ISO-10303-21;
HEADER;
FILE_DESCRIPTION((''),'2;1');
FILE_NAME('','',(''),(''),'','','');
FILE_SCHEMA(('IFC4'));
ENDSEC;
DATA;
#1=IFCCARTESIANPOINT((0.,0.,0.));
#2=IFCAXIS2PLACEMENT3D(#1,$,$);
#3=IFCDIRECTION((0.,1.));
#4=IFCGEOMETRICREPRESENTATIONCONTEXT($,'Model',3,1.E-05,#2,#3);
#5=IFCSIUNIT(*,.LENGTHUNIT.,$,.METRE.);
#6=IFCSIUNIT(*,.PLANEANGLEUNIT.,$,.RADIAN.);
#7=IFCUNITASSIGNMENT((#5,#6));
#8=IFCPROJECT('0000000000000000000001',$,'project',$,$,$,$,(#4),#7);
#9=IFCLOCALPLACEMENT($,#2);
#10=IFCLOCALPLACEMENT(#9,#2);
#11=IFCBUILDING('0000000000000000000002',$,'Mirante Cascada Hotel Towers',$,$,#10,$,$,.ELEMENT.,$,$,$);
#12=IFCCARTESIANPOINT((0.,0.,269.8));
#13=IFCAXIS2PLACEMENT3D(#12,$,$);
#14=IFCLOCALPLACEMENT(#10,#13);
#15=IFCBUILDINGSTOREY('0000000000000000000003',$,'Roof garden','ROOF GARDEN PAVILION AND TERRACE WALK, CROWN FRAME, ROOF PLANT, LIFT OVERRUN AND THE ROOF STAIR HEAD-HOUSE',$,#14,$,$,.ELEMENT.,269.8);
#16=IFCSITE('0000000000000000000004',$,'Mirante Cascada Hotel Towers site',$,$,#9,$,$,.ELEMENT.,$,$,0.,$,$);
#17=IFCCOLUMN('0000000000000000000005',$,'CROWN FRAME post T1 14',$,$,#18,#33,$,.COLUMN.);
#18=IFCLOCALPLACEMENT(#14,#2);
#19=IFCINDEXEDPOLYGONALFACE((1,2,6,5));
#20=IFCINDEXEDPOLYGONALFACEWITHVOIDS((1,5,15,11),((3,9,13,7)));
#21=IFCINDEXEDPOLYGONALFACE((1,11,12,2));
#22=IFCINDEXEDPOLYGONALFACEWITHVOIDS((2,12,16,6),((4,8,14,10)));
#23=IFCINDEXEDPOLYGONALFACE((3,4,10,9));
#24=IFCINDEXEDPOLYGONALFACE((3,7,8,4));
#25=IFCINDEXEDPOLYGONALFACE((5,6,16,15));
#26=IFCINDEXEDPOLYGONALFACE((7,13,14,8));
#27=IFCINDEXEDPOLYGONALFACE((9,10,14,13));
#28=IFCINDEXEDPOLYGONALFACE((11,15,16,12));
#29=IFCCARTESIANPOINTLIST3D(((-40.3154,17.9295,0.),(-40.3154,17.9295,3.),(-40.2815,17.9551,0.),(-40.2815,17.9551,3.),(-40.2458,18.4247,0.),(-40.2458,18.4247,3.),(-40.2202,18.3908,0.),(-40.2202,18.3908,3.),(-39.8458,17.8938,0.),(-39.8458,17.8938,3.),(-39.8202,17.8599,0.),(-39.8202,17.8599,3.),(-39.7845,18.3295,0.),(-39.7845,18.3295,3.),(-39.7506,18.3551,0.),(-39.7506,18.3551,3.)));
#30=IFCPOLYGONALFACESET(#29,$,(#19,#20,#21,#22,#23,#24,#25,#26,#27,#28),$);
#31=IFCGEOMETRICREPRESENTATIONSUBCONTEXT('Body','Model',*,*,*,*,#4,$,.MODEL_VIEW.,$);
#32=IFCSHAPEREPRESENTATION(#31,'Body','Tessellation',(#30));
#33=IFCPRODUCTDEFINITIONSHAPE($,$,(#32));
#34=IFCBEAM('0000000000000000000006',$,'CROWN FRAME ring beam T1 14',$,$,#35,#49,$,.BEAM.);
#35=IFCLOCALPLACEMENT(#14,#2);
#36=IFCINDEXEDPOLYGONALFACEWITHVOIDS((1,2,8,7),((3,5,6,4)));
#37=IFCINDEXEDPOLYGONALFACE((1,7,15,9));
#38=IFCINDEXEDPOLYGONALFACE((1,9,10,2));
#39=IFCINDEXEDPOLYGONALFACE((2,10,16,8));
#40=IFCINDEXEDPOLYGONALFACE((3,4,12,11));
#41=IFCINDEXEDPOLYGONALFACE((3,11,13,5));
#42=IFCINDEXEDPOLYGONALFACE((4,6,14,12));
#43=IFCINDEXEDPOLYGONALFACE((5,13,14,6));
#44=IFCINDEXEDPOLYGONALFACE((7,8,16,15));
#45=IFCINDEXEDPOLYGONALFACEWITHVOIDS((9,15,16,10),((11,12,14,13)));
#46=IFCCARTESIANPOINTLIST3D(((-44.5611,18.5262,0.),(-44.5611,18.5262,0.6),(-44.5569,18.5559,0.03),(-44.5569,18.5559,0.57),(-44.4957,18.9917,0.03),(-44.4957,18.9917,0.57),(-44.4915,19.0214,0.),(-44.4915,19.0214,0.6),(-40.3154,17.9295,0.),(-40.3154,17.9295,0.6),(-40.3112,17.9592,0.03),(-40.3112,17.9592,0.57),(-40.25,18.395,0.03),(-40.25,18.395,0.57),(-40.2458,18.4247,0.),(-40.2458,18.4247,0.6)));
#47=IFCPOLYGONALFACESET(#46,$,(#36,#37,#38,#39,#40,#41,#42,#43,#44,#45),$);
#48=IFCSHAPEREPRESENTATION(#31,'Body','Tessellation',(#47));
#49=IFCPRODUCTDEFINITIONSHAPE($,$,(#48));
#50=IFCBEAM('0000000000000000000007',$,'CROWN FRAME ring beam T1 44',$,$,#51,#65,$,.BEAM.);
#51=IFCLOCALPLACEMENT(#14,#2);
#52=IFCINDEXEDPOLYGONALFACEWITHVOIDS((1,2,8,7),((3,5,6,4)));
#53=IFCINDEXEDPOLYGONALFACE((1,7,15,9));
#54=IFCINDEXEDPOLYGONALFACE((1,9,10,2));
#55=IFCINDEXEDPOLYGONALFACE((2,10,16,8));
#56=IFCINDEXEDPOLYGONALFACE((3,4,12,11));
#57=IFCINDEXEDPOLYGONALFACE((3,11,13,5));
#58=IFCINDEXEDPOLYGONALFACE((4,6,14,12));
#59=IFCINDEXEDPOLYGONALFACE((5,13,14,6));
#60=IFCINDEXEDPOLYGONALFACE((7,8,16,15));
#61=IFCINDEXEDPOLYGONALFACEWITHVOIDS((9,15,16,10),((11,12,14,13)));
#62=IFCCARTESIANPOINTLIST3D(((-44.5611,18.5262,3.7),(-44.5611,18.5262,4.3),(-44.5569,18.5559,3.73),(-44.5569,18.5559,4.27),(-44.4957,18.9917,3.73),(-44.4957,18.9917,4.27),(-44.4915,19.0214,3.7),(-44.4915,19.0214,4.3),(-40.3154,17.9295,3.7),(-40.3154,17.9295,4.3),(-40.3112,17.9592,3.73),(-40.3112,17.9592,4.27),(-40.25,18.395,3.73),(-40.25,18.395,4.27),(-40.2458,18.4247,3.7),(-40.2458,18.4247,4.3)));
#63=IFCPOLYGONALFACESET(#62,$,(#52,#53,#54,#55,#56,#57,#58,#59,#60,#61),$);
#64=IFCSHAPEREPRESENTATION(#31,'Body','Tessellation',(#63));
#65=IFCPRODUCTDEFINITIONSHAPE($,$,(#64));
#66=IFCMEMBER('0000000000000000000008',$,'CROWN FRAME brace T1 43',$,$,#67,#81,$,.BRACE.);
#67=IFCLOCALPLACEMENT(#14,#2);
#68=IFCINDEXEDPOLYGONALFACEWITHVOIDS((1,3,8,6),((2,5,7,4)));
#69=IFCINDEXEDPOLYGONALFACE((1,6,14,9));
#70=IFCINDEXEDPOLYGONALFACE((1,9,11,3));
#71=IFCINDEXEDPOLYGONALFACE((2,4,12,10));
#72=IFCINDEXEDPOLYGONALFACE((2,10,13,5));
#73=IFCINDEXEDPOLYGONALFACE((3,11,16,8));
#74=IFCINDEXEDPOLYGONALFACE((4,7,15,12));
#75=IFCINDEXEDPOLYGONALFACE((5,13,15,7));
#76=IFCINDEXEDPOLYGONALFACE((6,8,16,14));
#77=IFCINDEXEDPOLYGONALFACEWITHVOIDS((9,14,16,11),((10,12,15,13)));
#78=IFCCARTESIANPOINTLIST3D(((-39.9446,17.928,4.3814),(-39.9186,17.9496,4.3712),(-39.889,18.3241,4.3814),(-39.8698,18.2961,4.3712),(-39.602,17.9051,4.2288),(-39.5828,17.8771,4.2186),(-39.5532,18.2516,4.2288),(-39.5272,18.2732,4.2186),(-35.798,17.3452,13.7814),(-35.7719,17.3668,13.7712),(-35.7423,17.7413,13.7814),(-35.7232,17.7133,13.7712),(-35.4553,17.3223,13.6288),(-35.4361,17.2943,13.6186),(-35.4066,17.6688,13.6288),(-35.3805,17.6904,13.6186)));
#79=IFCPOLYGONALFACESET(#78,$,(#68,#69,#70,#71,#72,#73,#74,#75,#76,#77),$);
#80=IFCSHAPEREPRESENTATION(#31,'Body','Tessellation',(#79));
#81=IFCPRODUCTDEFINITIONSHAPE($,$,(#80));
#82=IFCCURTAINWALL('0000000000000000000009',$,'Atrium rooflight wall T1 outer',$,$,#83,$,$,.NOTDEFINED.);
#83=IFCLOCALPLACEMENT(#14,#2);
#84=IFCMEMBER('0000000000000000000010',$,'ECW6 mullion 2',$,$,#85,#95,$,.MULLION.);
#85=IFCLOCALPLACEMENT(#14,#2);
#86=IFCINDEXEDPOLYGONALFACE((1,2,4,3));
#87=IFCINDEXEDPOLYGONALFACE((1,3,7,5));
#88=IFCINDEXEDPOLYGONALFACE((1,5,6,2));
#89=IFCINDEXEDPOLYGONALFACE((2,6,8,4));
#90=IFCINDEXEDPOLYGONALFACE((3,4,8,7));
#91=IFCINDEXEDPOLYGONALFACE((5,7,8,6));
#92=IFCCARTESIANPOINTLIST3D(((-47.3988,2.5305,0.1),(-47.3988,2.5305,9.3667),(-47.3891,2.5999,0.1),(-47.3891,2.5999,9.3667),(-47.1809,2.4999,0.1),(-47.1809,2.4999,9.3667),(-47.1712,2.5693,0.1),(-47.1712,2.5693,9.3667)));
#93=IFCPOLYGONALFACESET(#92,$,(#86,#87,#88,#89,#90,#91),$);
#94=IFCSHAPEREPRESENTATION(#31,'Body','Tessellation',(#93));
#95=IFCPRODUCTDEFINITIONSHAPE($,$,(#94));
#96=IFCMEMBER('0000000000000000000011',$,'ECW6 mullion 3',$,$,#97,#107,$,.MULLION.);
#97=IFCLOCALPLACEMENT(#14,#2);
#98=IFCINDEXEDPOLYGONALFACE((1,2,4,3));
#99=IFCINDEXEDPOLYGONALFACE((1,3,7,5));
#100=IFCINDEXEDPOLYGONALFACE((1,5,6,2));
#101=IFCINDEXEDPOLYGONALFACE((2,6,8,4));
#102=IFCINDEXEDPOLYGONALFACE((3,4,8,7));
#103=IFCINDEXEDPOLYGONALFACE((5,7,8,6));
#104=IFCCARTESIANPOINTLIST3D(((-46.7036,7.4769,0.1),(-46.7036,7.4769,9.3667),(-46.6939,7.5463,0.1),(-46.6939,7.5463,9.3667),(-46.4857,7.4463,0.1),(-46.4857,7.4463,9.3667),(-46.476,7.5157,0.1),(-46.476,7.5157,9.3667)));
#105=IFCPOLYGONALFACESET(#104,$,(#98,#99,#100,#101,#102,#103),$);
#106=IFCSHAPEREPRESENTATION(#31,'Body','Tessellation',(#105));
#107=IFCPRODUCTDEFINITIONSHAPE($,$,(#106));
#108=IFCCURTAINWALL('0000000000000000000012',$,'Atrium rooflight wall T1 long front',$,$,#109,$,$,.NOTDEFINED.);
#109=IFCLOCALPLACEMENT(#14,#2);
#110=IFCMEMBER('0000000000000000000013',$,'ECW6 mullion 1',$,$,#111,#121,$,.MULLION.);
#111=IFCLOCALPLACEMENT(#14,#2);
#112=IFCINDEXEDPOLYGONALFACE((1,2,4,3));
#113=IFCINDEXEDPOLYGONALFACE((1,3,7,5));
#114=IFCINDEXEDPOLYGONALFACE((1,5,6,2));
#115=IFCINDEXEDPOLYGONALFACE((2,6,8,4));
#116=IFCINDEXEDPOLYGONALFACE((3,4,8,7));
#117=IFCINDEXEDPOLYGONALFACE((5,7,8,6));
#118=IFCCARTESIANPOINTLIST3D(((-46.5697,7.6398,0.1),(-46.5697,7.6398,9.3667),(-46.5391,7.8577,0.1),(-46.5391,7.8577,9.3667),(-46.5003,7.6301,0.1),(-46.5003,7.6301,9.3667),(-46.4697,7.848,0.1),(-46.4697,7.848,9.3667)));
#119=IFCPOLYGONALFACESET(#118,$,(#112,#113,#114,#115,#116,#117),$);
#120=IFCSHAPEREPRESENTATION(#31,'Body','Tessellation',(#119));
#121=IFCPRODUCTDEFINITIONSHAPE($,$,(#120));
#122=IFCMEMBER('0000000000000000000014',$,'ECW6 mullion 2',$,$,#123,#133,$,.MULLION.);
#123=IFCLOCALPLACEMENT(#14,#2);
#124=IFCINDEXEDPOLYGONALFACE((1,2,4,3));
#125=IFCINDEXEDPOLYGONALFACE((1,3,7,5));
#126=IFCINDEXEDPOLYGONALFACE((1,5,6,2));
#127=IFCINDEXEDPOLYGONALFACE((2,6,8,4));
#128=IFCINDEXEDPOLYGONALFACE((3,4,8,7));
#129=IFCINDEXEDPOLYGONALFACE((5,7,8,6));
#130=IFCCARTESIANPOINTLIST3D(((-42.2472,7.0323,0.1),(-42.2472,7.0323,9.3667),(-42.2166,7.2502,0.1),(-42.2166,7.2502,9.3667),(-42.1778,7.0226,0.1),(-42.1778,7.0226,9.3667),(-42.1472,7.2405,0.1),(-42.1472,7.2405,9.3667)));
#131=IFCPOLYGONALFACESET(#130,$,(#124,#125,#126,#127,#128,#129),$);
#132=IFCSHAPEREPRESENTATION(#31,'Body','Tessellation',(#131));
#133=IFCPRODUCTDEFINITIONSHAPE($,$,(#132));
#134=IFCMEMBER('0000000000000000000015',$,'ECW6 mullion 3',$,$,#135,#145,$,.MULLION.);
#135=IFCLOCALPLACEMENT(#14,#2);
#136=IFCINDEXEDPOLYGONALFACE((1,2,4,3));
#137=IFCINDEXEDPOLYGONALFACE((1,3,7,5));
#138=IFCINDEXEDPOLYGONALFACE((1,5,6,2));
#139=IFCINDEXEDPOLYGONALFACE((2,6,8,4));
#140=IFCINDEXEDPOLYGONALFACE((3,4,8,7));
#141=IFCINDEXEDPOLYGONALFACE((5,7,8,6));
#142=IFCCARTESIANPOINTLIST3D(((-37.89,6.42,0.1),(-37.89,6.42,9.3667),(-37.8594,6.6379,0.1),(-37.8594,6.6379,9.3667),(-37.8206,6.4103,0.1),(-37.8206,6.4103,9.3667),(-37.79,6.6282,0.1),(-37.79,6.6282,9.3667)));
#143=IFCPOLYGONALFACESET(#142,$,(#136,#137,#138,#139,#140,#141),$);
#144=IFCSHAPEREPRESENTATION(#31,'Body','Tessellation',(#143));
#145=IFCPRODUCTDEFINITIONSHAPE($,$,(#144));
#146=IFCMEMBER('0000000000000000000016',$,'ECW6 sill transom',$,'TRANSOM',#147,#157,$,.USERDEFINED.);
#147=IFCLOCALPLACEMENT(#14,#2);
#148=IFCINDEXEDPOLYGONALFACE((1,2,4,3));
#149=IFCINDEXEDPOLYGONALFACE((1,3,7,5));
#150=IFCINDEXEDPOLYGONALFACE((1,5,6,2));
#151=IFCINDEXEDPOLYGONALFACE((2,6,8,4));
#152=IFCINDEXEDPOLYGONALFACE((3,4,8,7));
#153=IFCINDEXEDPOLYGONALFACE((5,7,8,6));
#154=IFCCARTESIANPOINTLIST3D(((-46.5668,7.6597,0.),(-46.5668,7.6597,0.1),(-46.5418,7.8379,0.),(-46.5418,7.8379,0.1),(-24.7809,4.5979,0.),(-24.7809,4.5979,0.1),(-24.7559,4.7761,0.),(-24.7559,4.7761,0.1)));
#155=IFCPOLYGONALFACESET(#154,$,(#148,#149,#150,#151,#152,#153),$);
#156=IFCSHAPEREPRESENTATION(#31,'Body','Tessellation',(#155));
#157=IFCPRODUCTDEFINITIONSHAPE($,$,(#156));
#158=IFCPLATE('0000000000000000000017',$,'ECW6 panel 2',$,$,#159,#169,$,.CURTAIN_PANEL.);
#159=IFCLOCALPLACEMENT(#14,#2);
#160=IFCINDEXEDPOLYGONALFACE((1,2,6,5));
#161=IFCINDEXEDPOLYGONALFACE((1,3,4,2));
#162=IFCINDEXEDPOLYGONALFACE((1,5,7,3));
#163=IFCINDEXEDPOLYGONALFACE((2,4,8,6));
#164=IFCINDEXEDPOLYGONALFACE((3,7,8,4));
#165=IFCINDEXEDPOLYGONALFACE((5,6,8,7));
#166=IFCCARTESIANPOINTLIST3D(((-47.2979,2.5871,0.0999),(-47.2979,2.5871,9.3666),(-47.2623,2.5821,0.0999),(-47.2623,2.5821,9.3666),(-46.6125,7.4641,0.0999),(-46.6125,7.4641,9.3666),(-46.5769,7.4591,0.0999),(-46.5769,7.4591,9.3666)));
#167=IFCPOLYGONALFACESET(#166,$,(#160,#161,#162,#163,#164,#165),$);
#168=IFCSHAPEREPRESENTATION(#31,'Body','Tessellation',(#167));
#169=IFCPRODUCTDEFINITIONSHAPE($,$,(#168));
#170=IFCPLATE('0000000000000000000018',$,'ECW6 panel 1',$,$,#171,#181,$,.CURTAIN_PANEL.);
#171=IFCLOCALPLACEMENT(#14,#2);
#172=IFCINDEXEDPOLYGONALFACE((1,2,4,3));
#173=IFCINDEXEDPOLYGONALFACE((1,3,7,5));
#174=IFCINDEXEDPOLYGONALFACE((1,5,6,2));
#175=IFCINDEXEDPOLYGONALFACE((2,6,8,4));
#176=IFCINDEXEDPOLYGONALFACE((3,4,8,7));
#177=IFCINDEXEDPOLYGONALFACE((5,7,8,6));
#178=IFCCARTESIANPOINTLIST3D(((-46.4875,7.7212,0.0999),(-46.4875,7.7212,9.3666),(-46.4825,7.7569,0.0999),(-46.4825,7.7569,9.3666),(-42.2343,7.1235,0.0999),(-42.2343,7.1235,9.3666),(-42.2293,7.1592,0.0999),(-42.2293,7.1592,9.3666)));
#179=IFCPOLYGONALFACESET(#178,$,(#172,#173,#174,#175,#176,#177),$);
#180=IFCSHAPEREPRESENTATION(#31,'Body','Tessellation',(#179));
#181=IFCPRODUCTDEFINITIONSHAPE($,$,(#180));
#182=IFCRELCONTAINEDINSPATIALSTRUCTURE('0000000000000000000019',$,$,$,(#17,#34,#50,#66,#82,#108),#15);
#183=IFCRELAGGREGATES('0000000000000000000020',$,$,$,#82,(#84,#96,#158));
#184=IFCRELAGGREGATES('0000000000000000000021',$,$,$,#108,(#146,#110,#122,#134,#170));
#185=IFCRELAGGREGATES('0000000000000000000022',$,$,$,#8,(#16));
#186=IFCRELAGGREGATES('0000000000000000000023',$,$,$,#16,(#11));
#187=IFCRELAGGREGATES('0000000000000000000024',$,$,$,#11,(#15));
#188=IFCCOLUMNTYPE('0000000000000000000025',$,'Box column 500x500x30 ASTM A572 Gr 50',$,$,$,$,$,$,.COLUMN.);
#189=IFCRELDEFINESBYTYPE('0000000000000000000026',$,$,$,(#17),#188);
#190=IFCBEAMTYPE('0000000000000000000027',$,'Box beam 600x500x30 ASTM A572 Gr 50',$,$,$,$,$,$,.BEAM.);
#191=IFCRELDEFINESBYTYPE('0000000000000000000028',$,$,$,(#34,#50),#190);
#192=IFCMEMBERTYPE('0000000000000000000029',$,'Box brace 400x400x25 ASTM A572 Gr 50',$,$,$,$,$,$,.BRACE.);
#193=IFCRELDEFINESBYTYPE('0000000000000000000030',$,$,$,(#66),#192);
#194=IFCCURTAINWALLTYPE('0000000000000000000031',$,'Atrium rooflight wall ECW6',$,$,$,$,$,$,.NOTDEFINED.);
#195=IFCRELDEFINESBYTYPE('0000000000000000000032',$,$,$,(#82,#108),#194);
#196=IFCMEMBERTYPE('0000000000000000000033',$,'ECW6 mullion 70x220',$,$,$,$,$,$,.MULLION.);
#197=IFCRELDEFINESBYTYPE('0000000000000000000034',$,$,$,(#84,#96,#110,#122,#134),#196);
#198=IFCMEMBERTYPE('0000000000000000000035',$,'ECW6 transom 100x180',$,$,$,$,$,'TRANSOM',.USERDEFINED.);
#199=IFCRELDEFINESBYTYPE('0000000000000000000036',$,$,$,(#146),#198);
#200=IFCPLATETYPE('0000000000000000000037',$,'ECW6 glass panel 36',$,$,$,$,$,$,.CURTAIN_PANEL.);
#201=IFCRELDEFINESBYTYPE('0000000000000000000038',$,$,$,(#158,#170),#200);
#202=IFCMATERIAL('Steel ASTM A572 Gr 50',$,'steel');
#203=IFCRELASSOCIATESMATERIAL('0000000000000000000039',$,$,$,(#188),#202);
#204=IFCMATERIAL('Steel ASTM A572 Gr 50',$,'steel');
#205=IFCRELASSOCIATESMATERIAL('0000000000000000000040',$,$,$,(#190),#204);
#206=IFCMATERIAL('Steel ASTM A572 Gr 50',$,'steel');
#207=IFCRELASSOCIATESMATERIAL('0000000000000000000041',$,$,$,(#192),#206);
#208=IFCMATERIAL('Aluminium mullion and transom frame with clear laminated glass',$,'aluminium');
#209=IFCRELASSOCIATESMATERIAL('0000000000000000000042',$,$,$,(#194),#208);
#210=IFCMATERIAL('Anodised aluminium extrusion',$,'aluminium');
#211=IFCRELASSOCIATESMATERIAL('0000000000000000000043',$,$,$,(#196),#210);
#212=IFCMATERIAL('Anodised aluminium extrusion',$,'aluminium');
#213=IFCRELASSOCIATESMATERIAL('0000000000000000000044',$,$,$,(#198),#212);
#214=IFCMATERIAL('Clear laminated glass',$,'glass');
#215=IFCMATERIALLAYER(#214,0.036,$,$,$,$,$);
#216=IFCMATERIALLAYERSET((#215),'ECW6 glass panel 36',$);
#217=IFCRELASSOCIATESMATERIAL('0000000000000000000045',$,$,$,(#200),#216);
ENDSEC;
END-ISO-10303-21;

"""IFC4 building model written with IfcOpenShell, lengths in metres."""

from ifc_helpers import new_model, si_unit, direction, frame, origin, origin_2d, place, context, subcontext, project, spatial, rectangle, hollow_rectangle, extrude, material, layer, layer_set, material_profile, profile_set, type_object, element, aggregate, save


model = new_model("IFC4")

# Units and contexts
model_context = context("Model", 3, precision=1e-05, world=origin(), true_north=direction((0.0, 1.0)))
body_context = subcontext(model_context, "Body", "Model", "MODEL_VIEW")
ifc_project = project(units=[si_unit("LENGTHUNIT", "METRE"), si_unit("PLANEANGLEUNIT", "RADIAN")], contexts=[model_context])

# Site, building, storey
site_placement = place(None, origin())
site = spatial("IfcSite", under=ifc_project, at=site_placement, Name="Mirante Cascada Hotel Towers site", CompositionType="ELEMENT", RefElevation=0.0)
building_placement = place(site_placement, origin())
building = spatial("IfcBuilding", under=site, at=building_placement, Name="Mirante Cascada Hotel Towers", CompositionType="ELEMENT")
storey_placement = place(building_placement, frame((0.0, 0.0, 269.8)))
storey = spatial("IfcBuildingStorey", under=building, at=storey_placement, Name="Roof garden", Description="ROOF GARDEN PAVILION AND TERRACE WALK, CROWN FRAME, ROOF PLANT, LIFT OVERRUN AND THE ROOF STAIR HEAD-HOUSE", CompositionType="ELEMENT", Elevation=269.8)

# Column
ifc_material_1 = material(Name="Steel ASTM A572 Gr 50", Category="steel")
ifc_material_profile_1 = material_profile(ifc_material_1, hollow_rectangle(XDim=0.5, YDim=0.5, WallThickness=0.03, at=origin_2d()), Name="Box column 500x500x30 ASTM A572 Gr 50")
ifc_profile_set_1 = profile_set([ifc_material_profile_1], Name="Steel ASTM A572 Gr 50")
column_type = type_object("IfcColumnType", Name="Box column 500x500x30 ASTM A572 Gr 50", PredefinedType="COLUMN", material=ifc_profile_set_1)
column_placement = place(storey_placement, frame((-40.033, 18.1423, 0.0), z_axis=(0.0, 0.0, 1.0), x_axis=(-0.990268, 0.139173, 0.0)))
element("IfcColumn", 1, at=column_placement, inside=storey, type_object=column_type, Name="CROWN FRAME post T1 14", PredefinedType="COLUMN", context=body_context, shape_type="SweptSolid", body=[
    extrude(hollow_rectangle(XDim=0.5, YDim=0.5, WallThickness=0.03, at=origin_2d()), origin(), (0.0, 0.0, 1.0), 3.0),
])

# Beams
ifc_material_2 = material(Name="Steel ASTM A572 Gr 50", Category="steel")
ifc_material_profile_2 = material_profile(ifc_material_2, hollow_rectangle(XDim=0.5, YDim=0.6, WallThickness=0.03, at=origin_2d()), Name="Box beam 600x500x30 ASTM A572 Gr 50")
ifc_profile_set_2 = profile_set([ifc_material_profile_2], Name="Steel ASTM A572 Gr 50")
beam_type = type_object("IfcBeamType", Name="Box beam 600x500x30 ASTM A572 Gr 50", PredefinedType="BEAM", material=ifc_profile_set_2)
for number, where, z_axis, x_axis, name in (
    (2, (-40.2806, 18.1771, 0.3), (-0.990268, 0.139174, 0.0), (-0.139174, -0.990268, 0.0), "CROWN FRAME ring beam T1 14"),
    (3, (-40.2806, 18.1771, 4.0), (-0.990268, 0.139174, 0.0), (-0.139174, -0.990268, 0.0), "CROWN FRAME ring beam T1 44"),
):
    element("IfcBeam", number, at=place(storey_placement, frame(where, z_axis=z_axis, x_axis=x_axis)), inside=storey, type_object=beam_type, Name=name, PredefinedType="BEAM", context=body_context, shape_type="SweptSolid", body=[
        extrude(hollow_rectangle(XDim=0.5, YDim=0.6, WallThickness=0.03, at=origin_2d()), origin(), (0.0, 0.0, 1.0), 4.2874),
    ])

# Member
ifc_material_3 = material(Name="Steel ASTM A572 Gr 50", Category="steel")
ifc_material_profile_3 = material_profile(ifc_material_3, hollow_rectangle(XDim=0.4, YDim=0.4, WallThickness=0.025, at=origin_2d()), Name="Box brace 400x400x25 ASTM A572 Gr 50")
ifc_profile_set_3 = profile_set([ifc_material_profile_3], Name="Steel ASTM A572 Gr 50")
member_type_1 = type_object("IfcMemberType", Name="Box brace 400x400x25 ASTM A572 Gr 50", PredefinedType="BRACE", material=ifc_profile_set_3)
member_1_placement = place(storey_placement, frame((-39.7359, 18.1006, 4.3), z_axis=(0.402963, -0.056635, 0.913462), x_axis=(0.139178, 0.990267, 0.0)))
element("IfcMember", 4, at=member_1_placement, inside=storey, type_object=member_type_1, Name="CROWN FRAME brace T1 43", PredefinedType="BRACE", context=body_context, shape_type="SweptSolid", body=[
    extrude(hollow_rectangle(XDim=0.4, YDim=0.4, WallThickness=0.025, at=origin_2d()), origin(), (0.0, 0.0, 1.0), 10.2905),
])

# Curtain walls, members
ifc_material_4 = material(Name="Aluminium mullion and transom frame with clear laminated glass", Category="aluminium")
curtain_wall_type = type_object("IfcCurtainWallType", Name="Atrium rooflight wall ECW6", PredefinedType="NOTDEFINED", material=ifc_material_4)
curtain_wall_1_placement = place(storey_placement, origin())
curtain_wall_1 = element("IfcCurtainWall", 5, at=curtain_wall_1_placement, inside=storey, type_object=curtain_wall_type, Name="Atrium rooflight wall T1 outer", PredefinedType="NOTDEFINED")
ifc_material_5 = material(Name="Anodised aluminium extrusion", Category="aluminium")
ifc_material_profile_4 = material_profile(ifc_material_5, rectangle(XDim=0.22, YDim=0.07, at=origin_2d()), Name="ECW6 MULLION 70x220")
ifc_profile_set_4 = profile_set([ifc_material_profile_4], Name="Anodised aluminium extrusion")
member_type_2 = type_object("IfcMemberType", Name="ECW6 mullion 70x220", PredefinedType="MULLION", material=ifc_profile_set_4)
member_2_placement = place(storey_placement, frame((-47.285, 2.5499, 0.1), z_axis=(0.0, 0.0, 1.0), x_axis=(-0.990268, 0.139173, 0.0)))
member_2 = element("IfcMember", 6, at=member_2_placement, type_object=member_type_2, Name="ECW6 mullion 2", PredefinedType="MULLION", context=body_context, shape_type="SweptSolid", body=[
    extrude(rectangle(XDim=0.22, YDim=0.07, at=origin_2d()), origin(), (0.0, 0.0, 1.0), 9.2667),
])
member_3_placement = place(storey_placement, frame((-46.5898, 7.4963, 0.1), z_axis=(0.0, 0.0, 1.0), x_axis=(-0.990268, 0.139173, 0.0)))
member_3 = element("IfcMember", 7, at=member_3_placement, type_object=member_type_2, Name="ECW6 mullion 3", PredefinedType="MULLION", context=body_context, shape_type="SweptSolid", body=[
    extrude(rectangle(XDim=0.22, YDim=0.07, at=origin_2d()), origin(), (0.0, 0.0, 1.0), 9.2667),
])
curtain_wall_2_placement = place(storey_placement, origin())
curtain_wall_2 = element("IfcCurtainWall", 8, at=curtain_wall_2_placement, inside=storey, type_object=curtain_wall_type, Name="Atrium rooflight wall T1 long front", PredefinedType="NOTDEFINED")
member_4_placement = place(storey_placement, frame((-46.5197, 7.7439, 0.1), z_axis=(0.0, 0.0, 1.0), x_axis=(0.139173, 0.990268, 0.0)))
member_4 = element("IfcMember", 9, at=member_4_placement, type_object=member_type_2, Name="ECW6 mullion 1", PredefinedType="MULLION", context=body_context, shape_type="SweptSolid", body=[
    extrude(rectangle(XDim=0.22, YDim=0.07, at=origin_2d()), origin(), (0.0, 0.0, 1.0), 9.2667),
])
member_5_placement = place(storey_placement, frame((-42.1972, 7.1364, 0.1), z_axis=(0.0, 0.0, 1.0), x_axis=(0.139173, 0.990268, 0.0)))
member_5 = element("IfcMember", 10, at=member_5_placement, type_object=member_type_2, Name="ECW6 mullion 2", PredefinedType="MULLION", context=body_context, shape_type="SweptSolid", body=[
    extrude(rectangle(XDim=0.22, YDim=0.07, at=origin_2d()), origin(), (0.0, 0.0, 1.0), 9.2667),
])
member_6_placement = place(storey_placement, frame((-37.84, 6.5241, 0.1), z_axis=(0.0, 0.0, 1.0), x_axis=(0.139173, 0.990268, 0.0)))
member_6 = element("IfcMember", 11, at=member_6_placement, type_object=member_type_2, Name="ECW6 mullion 3", PredefinedType="MULLION", context=body_context, shape_type="SweptSolid", body=[
    extrude(rectangle(XDim=0.22, YDim=0.07, at=origin_2d()), origin(), (0.0, 0.0, 1.0), 9.2667),
])
ifc_material_6 = material(Name="Anodised aluminium extrusion", Category="aluminium")
ifc_material_profile_5 = material_profile(ifc_material_6, rectangle(XDim=0.18, YDim=0.1, at=origin_2d()), Name="ECW6 TRANSOM 100x180")
ifc_profile_set_5 = profile_set([ifc_material_profile_5], Name="Anodised aluminium extrusion")
member_type_3 = type_object("IfcMemberType", Name="ECW6 transom 100x180", ElementType="TRANSOM", PredefinedType="USERDEFINED", material=ifc_profile_set_5)
member_7_placement = place(storey_placement, frame((-46.5543, 7.7488, 0.05), z_axis=(0.990268, -0.139173, 0.0), x_axis=(0.139173, 0.990268, 0.0)))
member_7 = element("IfcMember", 12, at=member_7_placement, type_object=member_type_3, Name="ECW6 sill transom", ObjectType="TRANSOM", PredefinedType="USERDEFINED", context=body_context, shape_type="SweptSolid", body=[
    extrude(rectangle(XDim=0.18, YDim=0.1, at=origin_2d()), origin(), (0.0, 0.0, 1.0), 22.0),
])

# Plates
ifc_material_7 = material(Name="Clear laminated glass", Category="glass")
ifc_layer_1 = layer(ifc_material_7, 0.036)
ifc_layer_set_1 = layer_set([ifc_layer_1], Name="ECW6 glass panel 36")
plate_type = type_object("IfcPlateType", Name="ECW6 glass panel 36", PredefinedType="CURTAIN_PANEL", material=ifc_layer_set_1)
plate_1_placement = place(storey_placement, frame((-46.9374, 5.0231, 0.0999), z_axis=(0.0, 0.0, 1.0), x_axis=(0.139173, 0.990268, 0.0)))
plate_1 = element("IfcPlate", 13, at=plate_1_placement, type_object=plate_type, Name="ECW6 panel 2", PredefinedType="CURTAIN_PANEL", context=body_context, shape_type="SweptSolid", body=[
    extrude(rectangle(XDim=4.925, YDim=0.036, at=origin_2d()), origin(), (0.0, 0.0, 1.0), 9.2667),
])
aggregate(curtain_wall_1, [member_2, member_3, plate_1])
plate_2_placement = place(storey_placement, frame((-44.3584, 7.4402, 0.0999), z_axis=(0.0, 0.0, 1.0), x_axis=(0.990268, -0.139173, 0.0)))
plate_2 = element("IfcPlate", 14, at=plate_2_placement, type_object=plate_type, Name="ECW6 panel 1", PredefinedType="CURTAIN_PANEL", context=body_context, shape_type="SweptSolid", body=[
    extrude(rectangle(XDim=4.295, YDim=0.036, at=origin_2d()), origin(), (0.0, 0.0, 1.0), 9.2667),
])
aggregate(curtain_wall_2, [member_7, member_4, member_5, member_6, plate_2])

save(model, "model.ifc")
